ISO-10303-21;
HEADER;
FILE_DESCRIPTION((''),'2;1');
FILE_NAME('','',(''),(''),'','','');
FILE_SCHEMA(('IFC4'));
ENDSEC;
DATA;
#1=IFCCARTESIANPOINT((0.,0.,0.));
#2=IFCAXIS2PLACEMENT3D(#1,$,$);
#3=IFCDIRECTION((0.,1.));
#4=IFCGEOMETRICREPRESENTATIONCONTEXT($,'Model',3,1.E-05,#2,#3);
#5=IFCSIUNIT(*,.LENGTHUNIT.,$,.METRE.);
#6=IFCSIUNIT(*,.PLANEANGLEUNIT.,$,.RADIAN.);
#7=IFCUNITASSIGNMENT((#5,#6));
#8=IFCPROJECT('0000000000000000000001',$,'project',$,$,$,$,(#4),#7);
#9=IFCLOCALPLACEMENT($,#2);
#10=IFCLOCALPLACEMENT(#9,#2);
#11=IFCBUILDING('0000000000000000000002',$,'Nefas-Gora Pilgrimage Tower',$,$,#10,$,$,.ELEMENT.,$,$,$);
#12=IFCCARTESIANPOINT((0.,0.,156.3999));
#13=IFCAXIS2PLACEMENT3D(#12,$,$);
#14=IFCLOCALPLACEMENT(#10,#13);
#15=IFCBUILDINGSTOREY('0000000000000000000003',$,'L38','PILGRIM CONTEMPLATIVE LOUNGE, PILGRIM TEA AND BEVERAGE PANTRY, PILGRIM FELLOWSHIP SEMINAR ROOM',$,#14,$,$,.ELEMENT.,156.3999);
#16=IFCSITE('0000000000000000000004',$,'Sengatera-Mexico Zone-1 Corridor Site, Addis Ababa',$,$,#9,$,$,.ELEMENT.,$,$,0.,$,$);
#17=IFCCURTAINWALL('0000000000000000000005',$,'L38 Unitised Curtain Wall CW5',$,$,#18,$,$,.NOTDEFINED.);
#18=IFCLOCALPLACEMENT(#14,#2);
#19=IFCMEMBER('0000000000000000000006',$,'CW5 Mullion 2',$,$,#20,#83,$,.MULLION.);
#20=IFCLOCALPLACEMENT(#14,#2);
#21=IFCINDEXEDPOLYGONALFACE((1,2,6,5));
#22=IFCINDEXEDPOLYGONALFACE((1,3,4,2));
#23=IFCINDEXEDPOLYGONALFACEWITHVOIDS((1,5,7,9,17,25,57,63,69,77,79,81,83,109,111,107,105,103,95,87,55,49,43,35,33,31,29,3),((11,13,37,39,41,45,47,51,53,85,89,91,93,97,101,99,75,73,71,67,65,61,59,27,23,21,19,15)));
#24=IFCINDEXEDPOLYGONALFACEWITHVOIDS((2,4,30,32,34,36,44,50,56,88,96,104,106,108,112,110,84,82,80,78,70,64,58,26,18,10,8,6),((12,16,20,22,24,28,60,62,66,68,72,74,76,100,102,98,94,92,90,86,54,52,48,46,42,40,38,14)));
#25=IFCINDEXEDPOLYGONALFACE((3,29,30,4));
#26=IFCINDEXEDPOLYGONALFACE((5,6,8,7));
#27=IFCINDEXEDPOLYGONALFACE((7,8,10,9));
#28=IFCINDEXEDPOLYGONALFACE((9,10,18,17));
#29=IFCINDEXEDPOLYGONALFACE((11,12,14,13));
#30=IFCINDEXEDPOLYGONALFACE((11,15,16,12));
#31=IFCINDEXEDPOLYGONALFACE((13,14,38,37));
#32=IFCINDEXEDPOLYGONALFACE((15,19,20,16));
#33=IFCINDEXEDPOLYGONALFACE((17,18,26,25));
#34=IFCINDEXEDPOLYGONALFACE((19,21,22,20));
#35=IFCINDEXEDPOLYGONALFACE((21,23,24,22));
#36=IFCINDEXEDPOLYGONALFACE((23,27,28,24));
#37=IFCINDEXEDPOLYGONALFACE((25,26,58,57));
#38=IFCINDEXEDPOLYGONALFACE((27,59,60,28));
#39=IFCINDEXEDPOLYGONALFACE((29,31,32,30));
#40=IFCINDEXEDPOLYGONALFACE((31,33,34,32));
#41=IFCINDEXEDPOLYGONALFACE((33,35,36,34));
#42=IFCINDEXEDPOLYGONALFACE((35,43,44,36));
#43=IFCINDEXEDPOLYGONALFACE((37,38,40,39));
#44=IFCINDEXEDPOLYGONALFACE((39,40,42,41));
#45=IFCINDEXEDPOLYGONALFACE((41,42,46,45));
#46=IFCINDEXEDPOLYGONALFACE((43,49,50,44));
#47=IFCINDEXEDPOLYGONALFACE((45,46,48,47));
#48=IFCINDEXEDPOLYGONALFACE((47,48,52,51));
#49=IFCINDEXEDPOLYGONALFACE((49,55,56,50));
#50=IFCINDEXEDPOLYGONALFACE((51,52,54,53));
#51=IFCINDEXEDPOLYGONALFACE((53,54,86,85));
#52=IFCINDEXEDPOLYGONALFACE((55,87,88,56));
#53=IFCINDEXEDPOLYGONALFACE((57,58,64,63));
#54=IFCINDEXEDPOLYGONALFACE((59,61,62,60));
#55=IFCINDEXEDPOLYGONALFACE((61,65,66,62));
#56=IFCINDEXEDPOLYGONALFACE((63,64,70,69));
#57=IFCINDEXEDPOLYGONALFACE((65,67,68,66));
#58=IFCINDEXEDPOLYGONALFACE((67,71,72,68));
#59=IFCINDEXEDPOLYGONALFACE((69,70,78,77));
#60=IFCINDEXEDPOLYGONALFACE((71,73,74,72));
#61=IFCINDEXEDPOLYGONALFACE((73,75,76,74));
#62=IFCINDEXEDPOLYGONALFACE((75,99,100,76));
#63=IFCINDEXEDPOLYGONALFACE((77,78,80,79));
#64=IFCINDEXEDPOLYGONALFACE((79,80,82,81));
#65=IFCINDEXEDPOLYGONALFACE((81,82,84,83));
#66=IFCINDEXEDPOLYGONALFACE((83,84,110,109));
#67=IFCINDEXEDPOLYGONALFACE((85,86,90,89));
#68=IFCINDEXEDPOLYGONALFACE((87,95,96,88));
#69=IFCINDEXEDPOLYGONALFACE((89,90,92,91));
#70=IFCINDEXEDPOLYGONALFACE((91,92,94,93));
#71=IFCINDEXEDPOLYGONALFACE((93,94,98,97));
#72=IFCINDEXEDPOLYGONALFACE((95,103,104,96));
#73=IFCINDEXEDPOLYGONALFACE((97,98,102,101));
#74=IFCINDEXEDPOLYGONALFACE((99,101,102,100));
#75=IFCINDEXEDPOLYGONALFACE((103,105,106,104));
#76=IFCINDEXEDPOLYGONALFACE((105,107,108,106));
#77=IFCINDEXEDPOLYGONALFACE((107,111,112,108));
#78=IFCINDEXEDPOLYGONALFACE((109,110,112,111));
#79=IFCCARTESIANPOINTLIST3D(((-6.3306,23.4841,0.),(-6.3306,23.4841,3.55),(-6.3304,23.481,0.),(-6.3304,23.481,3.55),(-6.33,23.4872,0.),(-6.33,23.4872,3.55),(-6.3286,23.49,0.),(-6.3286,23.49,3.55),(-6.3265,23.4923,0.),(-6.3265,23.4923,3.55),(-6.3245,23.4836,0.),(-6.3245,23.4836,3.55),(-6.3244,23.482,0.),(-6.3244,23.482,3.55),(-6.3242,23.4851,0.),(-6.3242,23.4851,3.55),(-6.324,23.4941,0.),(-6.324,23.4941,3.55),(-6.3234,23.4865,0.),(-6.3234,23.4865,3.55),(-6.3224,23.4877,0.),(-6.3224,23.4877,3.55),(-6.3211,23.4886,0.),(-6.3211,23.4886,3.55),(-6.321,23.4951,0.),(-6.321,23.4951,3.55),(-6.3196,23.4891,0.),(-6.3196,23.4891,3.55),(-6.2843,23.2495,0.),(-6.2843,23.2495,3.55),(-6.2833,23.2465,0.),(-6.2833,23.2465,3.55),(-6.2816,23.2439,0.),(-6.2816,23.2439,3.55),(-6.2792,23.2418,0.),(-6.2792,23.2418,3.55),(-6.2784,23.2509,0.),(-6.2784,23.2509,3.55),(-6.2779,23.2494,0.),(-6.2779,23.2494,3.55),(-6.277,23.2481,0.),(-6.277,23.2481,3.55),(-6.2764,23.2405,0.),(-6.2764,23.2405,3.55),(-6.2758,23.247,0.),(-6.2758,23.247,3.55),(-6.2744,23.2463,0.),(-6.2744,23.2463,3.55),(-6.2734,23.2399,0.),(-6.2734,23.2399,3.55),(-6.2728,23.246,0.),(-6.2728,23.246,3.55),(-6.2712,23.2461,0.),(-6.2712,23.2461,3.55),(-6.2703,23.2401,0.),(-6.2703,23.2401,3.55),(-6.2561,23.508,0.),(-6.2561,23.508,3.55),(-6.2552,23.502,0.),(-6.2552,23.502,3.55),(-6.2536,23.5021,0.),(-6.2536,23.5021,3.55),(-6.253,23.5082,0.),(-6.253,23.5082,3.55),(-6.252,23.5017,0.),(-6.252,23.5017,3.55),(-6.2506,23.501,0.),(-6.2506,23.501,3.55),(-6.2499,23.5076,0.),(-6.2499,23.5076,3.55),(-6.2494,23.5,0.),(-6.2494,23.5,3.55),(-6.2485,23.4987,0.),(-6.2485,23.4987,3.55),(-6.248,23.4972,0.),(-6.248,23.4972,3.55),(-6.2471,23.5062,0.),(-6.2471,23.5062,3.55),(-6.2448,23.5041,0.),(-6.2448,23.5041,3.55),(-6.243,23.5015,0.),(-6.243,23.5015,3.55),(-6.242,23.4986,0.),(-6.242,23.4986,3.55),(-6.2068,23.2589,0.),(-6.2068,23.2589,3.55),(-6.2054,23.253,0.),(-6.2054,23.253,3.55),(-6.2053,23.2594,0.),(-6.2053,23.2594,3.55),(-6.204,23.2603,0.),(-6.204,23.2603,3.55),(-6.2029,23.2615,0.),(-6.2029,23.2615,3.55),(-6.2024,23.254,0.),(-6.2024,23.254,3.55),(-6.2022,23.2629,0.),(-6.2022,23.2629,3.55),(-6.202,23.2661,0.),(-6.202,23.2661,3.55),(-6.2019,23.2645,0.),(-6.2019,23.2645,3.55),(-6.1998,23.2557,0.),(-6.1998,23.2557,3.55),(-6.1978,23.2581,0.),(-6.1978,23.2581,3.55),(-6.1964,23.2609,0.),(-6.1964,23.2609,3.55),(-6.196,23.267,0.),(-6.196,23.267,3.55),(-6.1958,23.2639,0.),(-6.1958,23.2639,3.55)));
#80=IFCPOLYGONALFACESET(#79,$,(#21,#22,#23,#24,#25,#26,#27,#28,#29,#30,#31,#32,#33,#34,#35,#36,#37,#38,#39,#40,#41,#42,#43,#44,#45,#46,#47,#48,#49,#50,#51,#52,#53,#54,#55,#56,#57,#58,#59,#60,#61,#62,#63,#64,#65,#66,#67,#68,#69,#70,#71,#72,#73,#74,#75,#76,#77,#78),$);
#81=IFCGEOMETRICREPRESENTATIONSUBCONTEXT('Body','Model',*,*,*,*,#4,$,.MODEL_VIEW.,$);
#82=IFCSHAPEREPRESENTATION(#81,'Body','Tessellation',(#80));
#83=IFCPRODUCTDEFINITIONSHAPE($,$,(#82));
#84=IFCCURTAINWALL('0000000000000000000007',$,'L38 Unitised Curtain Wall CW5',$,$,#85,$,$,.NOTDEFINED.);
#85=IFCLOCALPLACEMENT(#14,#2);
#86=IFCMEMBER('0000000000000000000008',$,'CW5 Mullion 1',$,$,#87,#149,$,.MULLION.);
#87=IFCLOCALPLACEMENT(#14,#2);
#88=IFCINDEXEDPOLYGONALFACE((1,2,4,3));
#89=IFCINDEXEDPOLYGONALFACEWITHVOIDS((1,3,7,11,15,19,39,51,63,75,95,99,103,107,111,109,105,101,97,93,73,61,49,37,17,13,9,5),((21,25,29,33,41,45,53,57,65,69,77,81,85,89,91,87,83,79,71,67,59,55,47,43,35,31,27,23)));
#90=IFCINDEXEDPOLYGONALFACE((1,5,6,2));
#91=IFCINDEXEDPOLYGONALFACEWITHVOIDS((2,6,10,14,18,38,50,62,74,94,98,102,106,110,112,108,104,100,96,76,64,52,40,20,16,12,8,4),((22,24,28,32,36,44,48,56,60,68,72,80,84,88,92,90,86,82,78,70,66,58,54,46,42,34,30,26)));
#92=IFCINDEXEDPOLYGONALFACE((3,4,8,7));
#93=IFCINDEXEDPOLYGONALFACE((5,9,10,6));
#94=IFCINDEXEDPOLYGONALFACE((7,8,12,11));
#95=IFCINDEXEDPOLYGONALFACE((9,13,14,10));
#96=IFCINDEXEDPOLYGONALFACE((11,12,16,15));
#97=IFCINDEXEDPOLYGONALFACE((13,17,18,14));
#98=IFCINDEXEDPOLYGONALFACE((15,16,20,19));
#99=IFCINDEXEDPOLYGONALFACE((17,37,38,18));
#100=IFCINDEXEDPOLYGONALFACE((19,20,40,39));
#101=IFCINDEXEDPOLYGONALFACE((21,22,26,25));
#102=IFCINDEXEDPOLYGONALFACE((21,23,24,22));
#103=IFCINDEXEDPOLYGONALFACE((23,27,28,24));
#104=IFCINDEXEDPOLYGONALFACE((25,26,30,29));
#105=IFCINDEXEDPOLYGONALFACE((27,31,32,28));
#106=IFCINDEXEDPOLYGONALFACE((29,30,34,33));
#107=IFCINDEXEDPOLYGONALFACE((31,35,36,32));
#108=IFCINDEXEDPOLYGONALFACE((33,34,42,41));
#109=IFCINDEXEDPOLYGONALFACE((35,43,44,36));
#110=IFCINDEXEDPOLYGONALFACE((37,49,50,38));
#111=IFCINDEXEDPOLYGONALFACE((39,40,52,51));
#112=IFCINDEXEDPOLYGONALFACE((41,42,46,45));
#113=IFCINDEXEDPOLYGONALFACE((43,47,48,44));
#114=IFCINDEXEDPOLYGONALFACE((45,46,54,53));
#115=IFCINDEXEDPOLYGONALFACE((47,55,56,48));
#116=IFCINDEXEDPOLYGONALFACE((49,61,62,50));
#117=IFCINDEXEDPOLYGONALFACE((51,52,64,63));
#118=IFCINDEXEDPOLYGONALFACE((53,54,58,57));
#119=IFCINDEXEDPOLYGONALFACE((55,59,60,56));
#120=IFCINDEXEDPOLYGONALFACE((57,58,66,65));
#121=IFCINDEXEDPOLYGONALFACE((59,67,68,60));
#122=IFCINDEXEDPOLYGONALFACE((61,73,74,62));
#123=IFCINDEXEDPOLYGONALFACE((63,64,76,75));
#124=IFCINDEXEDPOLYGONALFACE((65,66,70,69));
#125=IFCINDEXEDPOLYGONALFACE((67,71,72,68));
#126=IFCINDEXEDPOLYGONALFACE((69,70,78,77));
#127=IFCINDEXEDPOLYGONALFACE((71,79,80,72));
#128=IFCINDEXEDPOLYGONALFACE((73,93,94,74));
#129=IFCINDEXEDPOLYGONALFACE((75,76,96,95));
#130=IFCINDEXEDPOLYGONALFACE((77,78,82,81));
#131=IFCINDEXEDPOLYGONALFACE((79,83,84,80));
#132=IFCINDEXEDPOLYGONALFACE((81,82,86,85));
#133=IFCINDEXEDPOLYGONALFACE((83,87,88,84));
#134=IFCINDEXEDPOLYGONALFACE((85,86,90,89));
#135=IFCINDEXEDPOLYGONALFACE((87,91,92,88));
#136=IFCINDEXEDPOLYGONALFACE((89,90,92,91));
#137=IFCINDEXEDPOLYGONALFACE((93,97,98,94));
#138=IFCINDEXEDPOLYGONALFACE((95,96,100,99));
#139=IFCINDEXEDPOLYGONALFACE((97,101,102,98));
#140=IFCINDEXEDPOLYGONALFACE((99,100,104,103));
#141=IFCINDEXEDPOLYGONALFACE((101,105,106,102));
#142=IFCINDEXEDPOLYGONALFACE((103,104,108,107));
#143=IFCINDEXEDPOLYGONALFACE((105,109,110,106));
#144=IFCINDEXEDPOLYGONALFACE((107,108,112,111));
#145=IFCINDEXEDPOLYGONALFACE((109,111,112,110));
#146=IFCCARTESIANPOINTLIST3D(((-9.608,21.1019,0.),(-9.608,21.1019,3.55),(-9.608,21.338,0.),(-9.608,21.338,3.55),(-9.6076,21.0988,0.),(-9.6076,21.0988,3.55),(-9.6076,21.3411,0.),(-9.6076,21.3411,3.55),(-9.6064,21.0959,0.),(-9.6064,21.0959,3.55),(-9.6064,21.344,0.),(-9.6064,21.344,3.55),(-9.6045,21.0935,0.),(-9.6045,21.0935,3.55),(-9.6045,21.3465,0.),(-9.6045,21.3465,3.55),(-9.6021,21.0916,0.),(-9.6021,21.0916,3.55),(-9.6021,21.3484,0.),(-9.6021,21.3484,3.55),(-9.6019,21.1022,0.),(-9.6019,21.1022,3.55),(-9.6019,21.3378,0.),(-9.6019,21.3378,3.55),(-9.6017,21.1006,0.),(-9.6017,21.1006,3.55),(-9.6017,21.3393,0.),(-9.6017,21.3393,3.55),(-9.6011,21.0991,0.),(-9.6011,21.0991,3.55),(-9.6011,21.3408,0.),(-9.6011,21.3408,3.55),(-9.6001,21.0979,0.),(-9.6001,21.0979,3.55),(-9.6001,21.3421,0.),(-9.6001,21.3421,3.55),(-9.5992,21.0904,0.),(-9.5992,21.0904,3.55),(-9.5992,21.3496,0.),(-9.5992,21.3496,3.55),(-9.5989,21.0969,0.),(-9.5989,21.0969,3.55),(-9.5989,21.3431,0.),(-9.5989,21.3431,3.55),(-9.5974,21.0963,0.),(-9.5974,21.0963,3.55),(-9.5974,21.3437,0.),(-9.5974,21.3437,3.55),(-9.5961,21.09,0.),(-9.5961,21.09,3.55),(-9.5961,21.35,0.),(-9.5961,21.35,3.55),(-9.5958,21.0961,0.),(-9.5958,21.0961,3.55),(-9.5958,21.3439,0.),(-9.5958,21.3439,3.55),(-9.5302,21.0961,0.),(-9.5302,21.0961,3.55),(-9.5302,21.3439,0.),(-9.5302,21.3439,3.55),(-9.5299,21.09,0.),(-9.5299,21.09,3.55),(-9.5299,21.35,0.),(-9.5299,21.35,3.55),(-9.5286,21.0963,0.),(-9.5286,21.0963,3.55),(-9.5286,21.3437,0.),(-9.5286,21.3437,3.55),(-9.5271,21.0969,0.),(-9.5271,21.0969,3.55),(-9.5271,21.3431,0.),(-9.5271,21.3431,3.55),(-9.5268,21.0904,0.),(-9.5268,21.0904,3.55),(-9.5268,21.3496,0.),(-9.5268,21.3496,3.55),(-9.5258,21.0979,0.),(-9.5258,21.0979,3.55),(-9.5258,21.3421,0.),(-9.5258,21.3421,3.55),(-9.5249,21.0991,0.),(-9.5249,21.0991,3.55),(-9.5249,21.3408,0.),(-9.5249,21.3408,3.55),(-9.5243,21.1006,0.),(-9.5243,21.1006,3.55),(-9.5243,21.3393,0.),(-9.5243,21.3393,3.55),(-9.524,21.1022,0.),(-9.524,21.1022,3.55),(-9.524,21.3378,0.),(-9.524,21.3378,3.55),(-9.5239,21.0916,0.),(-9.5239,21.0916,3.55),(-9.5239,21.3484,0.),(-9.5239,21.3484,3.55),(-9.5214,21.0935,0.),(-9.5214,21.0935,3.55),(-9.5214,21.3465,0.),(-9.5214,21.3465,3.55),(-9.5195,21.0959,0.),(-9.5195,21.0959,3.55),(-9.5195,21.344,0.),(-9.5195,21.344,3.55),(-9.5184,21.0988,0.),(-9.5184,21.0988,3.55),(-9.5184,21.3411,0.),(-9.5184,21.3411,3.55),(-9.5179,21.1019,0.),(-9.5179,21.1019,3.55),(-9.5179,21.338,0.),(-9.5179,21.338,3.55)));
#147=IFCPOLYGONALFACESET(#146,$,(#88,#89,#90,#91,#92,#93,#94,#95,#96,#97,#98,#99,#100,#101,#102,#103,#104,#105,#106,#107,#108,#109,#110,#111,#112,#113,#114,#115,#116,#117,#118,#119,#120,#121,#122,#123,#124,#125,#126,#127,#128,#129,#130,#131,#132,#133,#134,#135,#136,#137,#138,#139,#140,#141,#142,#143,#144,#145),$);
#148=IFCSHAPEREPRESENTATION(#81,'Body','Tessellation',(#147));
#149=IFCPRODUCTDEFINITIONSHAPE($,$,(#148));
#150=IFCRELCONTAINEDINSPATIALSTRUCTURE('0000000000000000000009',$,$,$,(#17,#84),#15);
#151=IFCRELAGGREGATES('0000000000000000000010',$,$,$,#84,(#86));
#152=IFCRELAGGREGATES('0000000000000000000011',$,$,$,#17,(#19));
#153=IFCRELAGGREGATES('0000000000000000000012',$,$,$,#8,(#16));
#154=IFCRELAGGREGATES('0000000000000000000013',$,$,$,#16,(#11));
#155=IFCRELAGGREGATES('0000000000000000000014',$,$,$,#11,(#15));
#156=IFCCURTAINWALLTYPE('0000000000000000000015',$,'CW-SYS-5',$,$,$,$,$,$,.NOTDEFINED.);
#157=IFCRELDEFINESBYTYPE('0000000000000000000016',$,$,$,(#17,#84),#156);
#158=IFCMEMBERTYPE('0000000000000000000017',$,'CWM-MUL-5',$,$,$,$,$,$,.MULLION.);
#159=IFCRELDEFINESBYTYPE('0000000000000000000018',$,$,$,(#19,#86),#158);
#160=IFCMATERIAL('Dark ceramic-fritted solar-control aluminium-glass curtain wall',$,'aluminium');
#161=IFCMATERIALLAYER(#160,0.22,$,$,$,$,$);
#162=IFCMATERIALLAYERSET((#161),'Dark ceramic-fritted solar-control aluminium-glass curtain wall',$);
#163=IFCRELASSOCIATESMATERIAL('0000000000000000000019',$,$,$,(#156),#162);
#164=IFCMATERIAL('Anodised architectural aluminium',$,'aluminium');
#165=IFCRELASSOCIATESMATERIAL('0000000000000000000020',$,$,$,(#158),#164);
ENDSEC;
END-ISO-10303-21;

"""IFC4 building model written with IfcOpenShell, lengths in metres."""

from ifc_helpers import new_model, si_unit, direction, frame, origin, origin_2d, place, context, subcontext, project, spatial, hollow_rectangle, extrude, source, transform, mapped, material, layer, layer_set, material_profile, profile_set, type_object, element, aggregate, save


model = new_model("IFC4")

# Units and contexts
model_context = context("Model", 3, precision=1e-05, world=origin(), true_north=direction((0.0, 1.0)))
body_context = subcontext(model_context, "Body", "Model", "MODEL_VIEW")
ifc_project = project(units=[si_unit("LENGTHUNIT", "METRE"), si_unit("PLANEANGLEUNIT", "RADIAN")], contexts=[model_context])

# Site, building, storey
site_placement = place(None, origin())
site = spatial("IfcSite", under=ifc_project, at=site_placement, Name="Sengatera-Mexico Zone-1 Corridor Site, Addis Ababa", CompositionType="ELEMENT", RefElevation=0.0)
building_placement = place(site_placement, origin())
building = spatial("IfcBuilding", under=site, at=building_placement, Name="Nefas-Gora Pilgrimage Tower", CompositionType="ELEMENT")
storey_placement = place(building_placement, frame((0.0, 0.0, 156.3999)))
storey = spatial("IfcBuildingStorey", under=building, at=storey_placement, Name="L38", Description="PILGRIM CONTEMPLATIVE LOUNGE, PILGRIM TEA AND BEVERAGE PANTRY, PILGRIM FELLOWSHIP SEMINAR ROOM", CompositionType="ELEMENT", Elevation=156.3999)

# Curtain walls, members
ifc_material_1 = material(Name="Dark ceramic-fritted solar-control aluminium-glass curtain wall", Category="aluminium")
ifc_layer_1 = layer(ifc_material_1, 0.22)
ifc_layer_set_1 = layer_set([ifc_layer_1], Name="Dark ceramic-fritted solar-control aluminium-glass curtain wall")
curtain_wall_type = type_object("IfcCurtainWallType", Name="CW-SYS-5", PredefinedType="NOTDEFINED", material=ifc_layer_set_1)
curtain_wall_1_placement = place(storey_placement, origin())
curtain_wall_1 = element("IfcCurtainWall", 1, at=curtain_wall_1_placement, inside=storey, type_object=curtain_wall_type, Name="L38 Unitised Curtain Wall CW5", PredefinedType="NOTDEFINED")
ifc_material_2 = material(Name="Anodised architectural aluminium", Category="aluminium")
ifc_material_profile_1 = material_profile(ifc_material_2, hollow_rectangle(XDim=0.0901, YDim=0.26, WallThickness=0.0061, InnerFilletRadius=0.0061, OuterFilletRadius=0.012, at=origin_2d()), Name="ALU MULLION 90x260")
ifc_profile_set_1 = profile_set([ifc_material_profile_1], Name="Anodised architectural aluminium")
member_type_1 = type_object("IfcMemberType", Name="CWM-MUL-5", PredefinedType="MULLION", material=ifc_profile_set_1)
shared_shape_1 = source(origin(), body_context, "Body", "SweptSolid", [
    extrude(hollow_rectangle(XDim=0.0901, YDim=0.26, WallThickness=0.0061, InnerFilletRadius=0.0061, OuterFilletRadius=0.012, at=origin_2d()), origin(), (0.0, 0.0, 1.0), 3.55),
])
member_1_placement = place(storey_placement, frame((-6.2632, 23.374, 0.0), z_axis=(0.0, 0.0, 1.0), x_axis=(-0.980783, -0.195102, 0.0)))
member_1 = element("IfcMember", 2, at=member_1_placement, type_object=member_type_1, Name="CW5 Mullion 2", PredefinedType="MULLION", context=body_context, shape_type="MappedRepresentation", body=[
    mapped(shared_shape_1, transform((0.0, 0.0, 0.0), x_axis=(1.0, 0.0, 0.0), y_axis=(0.0, 1.0, 0.0), z_axis=(0.0, 0.0, 1.0), scale=1.0)),
])
curtain_wall_2_placement = place(storey_placement, origin())
curtain_wall_2 = element("IfcCurtainWall", 3, at=curtain_wall_2_placement, inside=storey, type_object=curtain_wall_type, Name="L38 Unitised Curtain Wall CW5", PredefinedType="NOTDEFINED")
member_2_placement = place(storey_placement, frame((-9.563, 21.22, 0.0), z_axis=(0.0, 0.0, 1.0), x_axis=(-1.0, 0.0, 0.0)))
member_2 = element("IfcMember", 4, at=member_2_placement, type_object=member_type_1, Name="CW5 Mullion 1", PredefinedType="MULLION", context=body_context, shape_type="MappedRepresentation", body=[
    mapped(shared_shape_1, transform((0.0, 0.0, 0.0), x_axis=(1.0, 0.0, 0.0), y_axis=(0.0, 1.0, 0.0), z_axis=(0.0, 0.0, 1.0), scale=1.0)),
])
aggregate(curtain_wall_2, [member_2])

aggregate(curtain_wall_1, [member_1])

save(model, "model.ifc")
